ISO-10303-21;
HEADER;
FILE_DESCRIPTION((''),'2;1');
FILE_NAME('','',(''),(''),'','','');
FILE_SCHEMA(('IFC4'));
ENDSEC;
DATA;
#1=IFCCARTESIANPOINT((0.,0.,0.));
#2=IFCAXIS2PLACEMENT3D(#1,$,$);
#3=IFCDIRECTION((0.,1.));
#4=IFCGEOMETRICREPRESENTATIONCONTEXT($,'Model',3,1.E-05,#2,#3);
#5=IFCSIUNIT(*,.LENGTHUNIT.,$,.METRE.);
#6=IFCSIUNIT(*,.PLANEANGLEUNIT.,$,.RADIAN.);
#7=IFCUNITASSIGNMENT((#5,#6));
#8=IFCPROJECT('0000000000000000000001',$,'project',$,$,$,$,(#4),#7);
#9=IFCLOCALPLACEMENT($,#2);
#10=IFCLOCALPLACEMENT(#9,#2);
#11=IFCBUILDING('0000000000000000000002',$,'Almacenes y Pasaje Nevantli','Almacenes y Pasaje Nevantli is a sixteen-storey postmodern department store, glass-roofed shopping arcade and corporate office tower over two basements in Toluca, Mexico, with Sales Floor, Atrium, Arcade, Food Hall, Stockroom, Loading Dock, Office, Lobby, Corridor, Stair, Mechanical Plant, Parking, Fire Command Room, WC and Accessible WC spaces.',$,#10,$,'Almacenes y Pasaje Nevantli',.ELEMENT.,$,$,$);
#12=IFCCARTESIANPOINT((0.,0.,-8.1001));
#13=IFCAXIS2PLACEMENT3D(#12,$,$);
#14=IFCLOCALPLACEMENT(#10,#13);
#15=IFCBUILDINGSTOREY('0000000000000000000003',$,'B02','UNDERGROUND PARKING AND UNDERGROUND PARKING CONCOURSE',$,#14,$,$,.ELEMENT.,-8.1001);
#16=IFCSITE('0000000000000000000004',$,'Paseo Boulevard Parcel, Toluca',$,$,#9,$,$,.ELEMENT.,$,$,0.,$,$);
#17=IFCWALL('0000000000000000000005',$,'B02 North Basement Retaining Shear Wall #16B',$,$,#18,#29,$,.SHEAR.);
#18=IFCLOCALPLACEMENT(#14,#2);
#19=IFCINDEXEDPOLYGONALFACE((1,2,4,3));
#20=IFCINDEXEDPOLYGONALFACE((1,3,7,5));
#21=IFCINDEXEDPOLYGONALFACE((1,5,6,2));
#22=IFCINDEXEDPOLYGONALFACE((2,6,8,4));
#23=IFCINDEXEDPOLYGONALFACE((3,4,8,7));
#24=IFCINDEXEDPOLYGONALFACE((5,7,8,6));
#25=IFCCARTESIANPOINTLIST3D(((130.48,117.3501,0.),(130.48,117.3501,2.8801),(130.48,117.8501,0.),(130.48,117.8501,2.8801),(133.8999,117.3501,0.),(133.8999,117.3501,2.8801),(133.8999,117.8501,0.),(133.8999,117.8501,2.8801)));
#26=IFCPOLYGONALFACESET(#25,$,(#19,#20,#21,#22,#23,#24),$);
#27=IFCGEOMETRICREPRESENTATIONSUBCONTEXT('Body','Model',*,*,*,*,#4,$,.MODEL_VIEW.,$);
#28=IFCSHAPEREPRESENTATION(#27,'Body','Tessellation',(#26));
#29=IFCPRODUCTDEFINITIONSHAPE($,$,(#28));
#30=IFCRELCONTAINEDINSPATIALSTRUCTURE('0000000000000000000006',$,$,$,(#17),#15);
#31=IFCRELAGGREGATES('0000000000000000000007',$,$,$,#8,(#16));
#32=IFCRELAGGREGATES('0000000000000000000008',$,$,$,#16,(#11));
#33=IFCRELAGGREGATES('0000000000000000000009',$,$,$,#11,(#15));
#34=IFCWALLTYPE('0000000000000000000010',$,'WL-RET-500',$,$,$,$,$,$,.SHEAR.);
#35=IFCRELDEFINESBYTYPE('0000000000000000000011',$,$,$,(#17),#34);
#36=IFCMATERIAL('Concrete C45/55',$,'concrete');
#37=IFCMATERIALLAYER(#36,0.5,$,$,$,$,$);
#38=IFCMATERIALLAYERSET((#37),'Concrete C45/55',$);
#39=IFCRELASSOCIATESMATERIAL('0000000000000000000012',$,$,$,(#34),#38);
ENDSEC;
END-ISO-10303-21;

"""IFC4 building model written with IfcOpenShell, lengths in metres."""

from ifc_helpers import new_model, si_unit, direction, frame, frame_2d, origin, place, context, subcontext, project, spatial, rectangle, extrude, material, layer, layer_set, type_object, element, save


model = new_model("IFC4")

# Units and contexts
model_context = context("Model", 3, precision=1e-05, world=origin(), true_north=direction((0.0, 1.0)))
body_context = subcontext(model_context, "Body", "Model", "MODEL_VIEW")
ifc_project = project(units=[si_unit("LENGTHUNIT", "METRE"), si_unit("PLANEANGLEUNIT", "RADIAN")], contexts=[model_context])

# Site, building, storey
site_placement = place(None, origin())
site = spatial("IfcSite", under=ifc_project, at=site_placement, Name="Paseo Boulevard Parcel, Toluca", CompositionType="ELEMENT", RefElevation=0.0)
building_placement = place(site_placement, origin())
building = spatial("IfcBuilding", under=site, at=building_placement, Name="Almacenes y Pasaje Nevantli", Description="Almacenes y Pasaje Nevantli is a sixteen-storey postmodern department store, glass-roofed shopping arcade and corporate office tower over two basements in Toluca, Mexico, with Sales Floor, Atrium, Arcade, Food Hall, Stockroom, Loading Dock, Office, Lobby, Corridor, Stair, Mechanical Plant, Parking, Fire Command Room, WC and Accessible WC spaces.", LongName="Almacenes y Pasaje Nevantli", CompositionType="ELEMENT")
storey_placement = place(building_placement, frame((0.0, 0.0, -8.1001)))
storey = spatial("IfcBuildingStorey", under=building, at=storey_placement, Name="B02", Description="UNDERGROUND PARKING AND UNDERGROUND PARKING CONCOURSE", CompositionType="ELEMENT", Elevation=-8.1001)

# Wall
ifc_material_1 = material(Name="Concrete C45/55", Category="concrete")
ifc_layer_1 = layer(ifc_material_1, 0.5)
ifc_layer_set_1 = layer_set([ifc_layer_1], Name="Concrete C45/55")
wall_type = type_object("IfcWallType", Name="WL-RET-500", PredefinedType="SHEAR", material=ifc_layer_set_1)
for number, where, z_axis, x_axis, name in (
    (1, (130.48, 117.6001, 0.0), (0.0, 0.0, 1.0), (1.0, 0.0, 0.0), "B02 North Basement Retaining Shear Wall #16B"),
):
    element("IfcWall", number, at=place(storey_placement, frame(where, z_axis=z_axis, x_axis=x_axis)), inside=storey, type_object=wall_type, Name=name, PredefinedType="SHEAR", context=body_context, shape_type="SweptSolid", body=[
        extrude(rectangle(XDim=3.4199, YDim=0.5, at=frame_2d((1.71, 0.0))), origin(), (0.0, 0.0, 1.0), 2.8801),
    ])

save(model, "model.ifc")
